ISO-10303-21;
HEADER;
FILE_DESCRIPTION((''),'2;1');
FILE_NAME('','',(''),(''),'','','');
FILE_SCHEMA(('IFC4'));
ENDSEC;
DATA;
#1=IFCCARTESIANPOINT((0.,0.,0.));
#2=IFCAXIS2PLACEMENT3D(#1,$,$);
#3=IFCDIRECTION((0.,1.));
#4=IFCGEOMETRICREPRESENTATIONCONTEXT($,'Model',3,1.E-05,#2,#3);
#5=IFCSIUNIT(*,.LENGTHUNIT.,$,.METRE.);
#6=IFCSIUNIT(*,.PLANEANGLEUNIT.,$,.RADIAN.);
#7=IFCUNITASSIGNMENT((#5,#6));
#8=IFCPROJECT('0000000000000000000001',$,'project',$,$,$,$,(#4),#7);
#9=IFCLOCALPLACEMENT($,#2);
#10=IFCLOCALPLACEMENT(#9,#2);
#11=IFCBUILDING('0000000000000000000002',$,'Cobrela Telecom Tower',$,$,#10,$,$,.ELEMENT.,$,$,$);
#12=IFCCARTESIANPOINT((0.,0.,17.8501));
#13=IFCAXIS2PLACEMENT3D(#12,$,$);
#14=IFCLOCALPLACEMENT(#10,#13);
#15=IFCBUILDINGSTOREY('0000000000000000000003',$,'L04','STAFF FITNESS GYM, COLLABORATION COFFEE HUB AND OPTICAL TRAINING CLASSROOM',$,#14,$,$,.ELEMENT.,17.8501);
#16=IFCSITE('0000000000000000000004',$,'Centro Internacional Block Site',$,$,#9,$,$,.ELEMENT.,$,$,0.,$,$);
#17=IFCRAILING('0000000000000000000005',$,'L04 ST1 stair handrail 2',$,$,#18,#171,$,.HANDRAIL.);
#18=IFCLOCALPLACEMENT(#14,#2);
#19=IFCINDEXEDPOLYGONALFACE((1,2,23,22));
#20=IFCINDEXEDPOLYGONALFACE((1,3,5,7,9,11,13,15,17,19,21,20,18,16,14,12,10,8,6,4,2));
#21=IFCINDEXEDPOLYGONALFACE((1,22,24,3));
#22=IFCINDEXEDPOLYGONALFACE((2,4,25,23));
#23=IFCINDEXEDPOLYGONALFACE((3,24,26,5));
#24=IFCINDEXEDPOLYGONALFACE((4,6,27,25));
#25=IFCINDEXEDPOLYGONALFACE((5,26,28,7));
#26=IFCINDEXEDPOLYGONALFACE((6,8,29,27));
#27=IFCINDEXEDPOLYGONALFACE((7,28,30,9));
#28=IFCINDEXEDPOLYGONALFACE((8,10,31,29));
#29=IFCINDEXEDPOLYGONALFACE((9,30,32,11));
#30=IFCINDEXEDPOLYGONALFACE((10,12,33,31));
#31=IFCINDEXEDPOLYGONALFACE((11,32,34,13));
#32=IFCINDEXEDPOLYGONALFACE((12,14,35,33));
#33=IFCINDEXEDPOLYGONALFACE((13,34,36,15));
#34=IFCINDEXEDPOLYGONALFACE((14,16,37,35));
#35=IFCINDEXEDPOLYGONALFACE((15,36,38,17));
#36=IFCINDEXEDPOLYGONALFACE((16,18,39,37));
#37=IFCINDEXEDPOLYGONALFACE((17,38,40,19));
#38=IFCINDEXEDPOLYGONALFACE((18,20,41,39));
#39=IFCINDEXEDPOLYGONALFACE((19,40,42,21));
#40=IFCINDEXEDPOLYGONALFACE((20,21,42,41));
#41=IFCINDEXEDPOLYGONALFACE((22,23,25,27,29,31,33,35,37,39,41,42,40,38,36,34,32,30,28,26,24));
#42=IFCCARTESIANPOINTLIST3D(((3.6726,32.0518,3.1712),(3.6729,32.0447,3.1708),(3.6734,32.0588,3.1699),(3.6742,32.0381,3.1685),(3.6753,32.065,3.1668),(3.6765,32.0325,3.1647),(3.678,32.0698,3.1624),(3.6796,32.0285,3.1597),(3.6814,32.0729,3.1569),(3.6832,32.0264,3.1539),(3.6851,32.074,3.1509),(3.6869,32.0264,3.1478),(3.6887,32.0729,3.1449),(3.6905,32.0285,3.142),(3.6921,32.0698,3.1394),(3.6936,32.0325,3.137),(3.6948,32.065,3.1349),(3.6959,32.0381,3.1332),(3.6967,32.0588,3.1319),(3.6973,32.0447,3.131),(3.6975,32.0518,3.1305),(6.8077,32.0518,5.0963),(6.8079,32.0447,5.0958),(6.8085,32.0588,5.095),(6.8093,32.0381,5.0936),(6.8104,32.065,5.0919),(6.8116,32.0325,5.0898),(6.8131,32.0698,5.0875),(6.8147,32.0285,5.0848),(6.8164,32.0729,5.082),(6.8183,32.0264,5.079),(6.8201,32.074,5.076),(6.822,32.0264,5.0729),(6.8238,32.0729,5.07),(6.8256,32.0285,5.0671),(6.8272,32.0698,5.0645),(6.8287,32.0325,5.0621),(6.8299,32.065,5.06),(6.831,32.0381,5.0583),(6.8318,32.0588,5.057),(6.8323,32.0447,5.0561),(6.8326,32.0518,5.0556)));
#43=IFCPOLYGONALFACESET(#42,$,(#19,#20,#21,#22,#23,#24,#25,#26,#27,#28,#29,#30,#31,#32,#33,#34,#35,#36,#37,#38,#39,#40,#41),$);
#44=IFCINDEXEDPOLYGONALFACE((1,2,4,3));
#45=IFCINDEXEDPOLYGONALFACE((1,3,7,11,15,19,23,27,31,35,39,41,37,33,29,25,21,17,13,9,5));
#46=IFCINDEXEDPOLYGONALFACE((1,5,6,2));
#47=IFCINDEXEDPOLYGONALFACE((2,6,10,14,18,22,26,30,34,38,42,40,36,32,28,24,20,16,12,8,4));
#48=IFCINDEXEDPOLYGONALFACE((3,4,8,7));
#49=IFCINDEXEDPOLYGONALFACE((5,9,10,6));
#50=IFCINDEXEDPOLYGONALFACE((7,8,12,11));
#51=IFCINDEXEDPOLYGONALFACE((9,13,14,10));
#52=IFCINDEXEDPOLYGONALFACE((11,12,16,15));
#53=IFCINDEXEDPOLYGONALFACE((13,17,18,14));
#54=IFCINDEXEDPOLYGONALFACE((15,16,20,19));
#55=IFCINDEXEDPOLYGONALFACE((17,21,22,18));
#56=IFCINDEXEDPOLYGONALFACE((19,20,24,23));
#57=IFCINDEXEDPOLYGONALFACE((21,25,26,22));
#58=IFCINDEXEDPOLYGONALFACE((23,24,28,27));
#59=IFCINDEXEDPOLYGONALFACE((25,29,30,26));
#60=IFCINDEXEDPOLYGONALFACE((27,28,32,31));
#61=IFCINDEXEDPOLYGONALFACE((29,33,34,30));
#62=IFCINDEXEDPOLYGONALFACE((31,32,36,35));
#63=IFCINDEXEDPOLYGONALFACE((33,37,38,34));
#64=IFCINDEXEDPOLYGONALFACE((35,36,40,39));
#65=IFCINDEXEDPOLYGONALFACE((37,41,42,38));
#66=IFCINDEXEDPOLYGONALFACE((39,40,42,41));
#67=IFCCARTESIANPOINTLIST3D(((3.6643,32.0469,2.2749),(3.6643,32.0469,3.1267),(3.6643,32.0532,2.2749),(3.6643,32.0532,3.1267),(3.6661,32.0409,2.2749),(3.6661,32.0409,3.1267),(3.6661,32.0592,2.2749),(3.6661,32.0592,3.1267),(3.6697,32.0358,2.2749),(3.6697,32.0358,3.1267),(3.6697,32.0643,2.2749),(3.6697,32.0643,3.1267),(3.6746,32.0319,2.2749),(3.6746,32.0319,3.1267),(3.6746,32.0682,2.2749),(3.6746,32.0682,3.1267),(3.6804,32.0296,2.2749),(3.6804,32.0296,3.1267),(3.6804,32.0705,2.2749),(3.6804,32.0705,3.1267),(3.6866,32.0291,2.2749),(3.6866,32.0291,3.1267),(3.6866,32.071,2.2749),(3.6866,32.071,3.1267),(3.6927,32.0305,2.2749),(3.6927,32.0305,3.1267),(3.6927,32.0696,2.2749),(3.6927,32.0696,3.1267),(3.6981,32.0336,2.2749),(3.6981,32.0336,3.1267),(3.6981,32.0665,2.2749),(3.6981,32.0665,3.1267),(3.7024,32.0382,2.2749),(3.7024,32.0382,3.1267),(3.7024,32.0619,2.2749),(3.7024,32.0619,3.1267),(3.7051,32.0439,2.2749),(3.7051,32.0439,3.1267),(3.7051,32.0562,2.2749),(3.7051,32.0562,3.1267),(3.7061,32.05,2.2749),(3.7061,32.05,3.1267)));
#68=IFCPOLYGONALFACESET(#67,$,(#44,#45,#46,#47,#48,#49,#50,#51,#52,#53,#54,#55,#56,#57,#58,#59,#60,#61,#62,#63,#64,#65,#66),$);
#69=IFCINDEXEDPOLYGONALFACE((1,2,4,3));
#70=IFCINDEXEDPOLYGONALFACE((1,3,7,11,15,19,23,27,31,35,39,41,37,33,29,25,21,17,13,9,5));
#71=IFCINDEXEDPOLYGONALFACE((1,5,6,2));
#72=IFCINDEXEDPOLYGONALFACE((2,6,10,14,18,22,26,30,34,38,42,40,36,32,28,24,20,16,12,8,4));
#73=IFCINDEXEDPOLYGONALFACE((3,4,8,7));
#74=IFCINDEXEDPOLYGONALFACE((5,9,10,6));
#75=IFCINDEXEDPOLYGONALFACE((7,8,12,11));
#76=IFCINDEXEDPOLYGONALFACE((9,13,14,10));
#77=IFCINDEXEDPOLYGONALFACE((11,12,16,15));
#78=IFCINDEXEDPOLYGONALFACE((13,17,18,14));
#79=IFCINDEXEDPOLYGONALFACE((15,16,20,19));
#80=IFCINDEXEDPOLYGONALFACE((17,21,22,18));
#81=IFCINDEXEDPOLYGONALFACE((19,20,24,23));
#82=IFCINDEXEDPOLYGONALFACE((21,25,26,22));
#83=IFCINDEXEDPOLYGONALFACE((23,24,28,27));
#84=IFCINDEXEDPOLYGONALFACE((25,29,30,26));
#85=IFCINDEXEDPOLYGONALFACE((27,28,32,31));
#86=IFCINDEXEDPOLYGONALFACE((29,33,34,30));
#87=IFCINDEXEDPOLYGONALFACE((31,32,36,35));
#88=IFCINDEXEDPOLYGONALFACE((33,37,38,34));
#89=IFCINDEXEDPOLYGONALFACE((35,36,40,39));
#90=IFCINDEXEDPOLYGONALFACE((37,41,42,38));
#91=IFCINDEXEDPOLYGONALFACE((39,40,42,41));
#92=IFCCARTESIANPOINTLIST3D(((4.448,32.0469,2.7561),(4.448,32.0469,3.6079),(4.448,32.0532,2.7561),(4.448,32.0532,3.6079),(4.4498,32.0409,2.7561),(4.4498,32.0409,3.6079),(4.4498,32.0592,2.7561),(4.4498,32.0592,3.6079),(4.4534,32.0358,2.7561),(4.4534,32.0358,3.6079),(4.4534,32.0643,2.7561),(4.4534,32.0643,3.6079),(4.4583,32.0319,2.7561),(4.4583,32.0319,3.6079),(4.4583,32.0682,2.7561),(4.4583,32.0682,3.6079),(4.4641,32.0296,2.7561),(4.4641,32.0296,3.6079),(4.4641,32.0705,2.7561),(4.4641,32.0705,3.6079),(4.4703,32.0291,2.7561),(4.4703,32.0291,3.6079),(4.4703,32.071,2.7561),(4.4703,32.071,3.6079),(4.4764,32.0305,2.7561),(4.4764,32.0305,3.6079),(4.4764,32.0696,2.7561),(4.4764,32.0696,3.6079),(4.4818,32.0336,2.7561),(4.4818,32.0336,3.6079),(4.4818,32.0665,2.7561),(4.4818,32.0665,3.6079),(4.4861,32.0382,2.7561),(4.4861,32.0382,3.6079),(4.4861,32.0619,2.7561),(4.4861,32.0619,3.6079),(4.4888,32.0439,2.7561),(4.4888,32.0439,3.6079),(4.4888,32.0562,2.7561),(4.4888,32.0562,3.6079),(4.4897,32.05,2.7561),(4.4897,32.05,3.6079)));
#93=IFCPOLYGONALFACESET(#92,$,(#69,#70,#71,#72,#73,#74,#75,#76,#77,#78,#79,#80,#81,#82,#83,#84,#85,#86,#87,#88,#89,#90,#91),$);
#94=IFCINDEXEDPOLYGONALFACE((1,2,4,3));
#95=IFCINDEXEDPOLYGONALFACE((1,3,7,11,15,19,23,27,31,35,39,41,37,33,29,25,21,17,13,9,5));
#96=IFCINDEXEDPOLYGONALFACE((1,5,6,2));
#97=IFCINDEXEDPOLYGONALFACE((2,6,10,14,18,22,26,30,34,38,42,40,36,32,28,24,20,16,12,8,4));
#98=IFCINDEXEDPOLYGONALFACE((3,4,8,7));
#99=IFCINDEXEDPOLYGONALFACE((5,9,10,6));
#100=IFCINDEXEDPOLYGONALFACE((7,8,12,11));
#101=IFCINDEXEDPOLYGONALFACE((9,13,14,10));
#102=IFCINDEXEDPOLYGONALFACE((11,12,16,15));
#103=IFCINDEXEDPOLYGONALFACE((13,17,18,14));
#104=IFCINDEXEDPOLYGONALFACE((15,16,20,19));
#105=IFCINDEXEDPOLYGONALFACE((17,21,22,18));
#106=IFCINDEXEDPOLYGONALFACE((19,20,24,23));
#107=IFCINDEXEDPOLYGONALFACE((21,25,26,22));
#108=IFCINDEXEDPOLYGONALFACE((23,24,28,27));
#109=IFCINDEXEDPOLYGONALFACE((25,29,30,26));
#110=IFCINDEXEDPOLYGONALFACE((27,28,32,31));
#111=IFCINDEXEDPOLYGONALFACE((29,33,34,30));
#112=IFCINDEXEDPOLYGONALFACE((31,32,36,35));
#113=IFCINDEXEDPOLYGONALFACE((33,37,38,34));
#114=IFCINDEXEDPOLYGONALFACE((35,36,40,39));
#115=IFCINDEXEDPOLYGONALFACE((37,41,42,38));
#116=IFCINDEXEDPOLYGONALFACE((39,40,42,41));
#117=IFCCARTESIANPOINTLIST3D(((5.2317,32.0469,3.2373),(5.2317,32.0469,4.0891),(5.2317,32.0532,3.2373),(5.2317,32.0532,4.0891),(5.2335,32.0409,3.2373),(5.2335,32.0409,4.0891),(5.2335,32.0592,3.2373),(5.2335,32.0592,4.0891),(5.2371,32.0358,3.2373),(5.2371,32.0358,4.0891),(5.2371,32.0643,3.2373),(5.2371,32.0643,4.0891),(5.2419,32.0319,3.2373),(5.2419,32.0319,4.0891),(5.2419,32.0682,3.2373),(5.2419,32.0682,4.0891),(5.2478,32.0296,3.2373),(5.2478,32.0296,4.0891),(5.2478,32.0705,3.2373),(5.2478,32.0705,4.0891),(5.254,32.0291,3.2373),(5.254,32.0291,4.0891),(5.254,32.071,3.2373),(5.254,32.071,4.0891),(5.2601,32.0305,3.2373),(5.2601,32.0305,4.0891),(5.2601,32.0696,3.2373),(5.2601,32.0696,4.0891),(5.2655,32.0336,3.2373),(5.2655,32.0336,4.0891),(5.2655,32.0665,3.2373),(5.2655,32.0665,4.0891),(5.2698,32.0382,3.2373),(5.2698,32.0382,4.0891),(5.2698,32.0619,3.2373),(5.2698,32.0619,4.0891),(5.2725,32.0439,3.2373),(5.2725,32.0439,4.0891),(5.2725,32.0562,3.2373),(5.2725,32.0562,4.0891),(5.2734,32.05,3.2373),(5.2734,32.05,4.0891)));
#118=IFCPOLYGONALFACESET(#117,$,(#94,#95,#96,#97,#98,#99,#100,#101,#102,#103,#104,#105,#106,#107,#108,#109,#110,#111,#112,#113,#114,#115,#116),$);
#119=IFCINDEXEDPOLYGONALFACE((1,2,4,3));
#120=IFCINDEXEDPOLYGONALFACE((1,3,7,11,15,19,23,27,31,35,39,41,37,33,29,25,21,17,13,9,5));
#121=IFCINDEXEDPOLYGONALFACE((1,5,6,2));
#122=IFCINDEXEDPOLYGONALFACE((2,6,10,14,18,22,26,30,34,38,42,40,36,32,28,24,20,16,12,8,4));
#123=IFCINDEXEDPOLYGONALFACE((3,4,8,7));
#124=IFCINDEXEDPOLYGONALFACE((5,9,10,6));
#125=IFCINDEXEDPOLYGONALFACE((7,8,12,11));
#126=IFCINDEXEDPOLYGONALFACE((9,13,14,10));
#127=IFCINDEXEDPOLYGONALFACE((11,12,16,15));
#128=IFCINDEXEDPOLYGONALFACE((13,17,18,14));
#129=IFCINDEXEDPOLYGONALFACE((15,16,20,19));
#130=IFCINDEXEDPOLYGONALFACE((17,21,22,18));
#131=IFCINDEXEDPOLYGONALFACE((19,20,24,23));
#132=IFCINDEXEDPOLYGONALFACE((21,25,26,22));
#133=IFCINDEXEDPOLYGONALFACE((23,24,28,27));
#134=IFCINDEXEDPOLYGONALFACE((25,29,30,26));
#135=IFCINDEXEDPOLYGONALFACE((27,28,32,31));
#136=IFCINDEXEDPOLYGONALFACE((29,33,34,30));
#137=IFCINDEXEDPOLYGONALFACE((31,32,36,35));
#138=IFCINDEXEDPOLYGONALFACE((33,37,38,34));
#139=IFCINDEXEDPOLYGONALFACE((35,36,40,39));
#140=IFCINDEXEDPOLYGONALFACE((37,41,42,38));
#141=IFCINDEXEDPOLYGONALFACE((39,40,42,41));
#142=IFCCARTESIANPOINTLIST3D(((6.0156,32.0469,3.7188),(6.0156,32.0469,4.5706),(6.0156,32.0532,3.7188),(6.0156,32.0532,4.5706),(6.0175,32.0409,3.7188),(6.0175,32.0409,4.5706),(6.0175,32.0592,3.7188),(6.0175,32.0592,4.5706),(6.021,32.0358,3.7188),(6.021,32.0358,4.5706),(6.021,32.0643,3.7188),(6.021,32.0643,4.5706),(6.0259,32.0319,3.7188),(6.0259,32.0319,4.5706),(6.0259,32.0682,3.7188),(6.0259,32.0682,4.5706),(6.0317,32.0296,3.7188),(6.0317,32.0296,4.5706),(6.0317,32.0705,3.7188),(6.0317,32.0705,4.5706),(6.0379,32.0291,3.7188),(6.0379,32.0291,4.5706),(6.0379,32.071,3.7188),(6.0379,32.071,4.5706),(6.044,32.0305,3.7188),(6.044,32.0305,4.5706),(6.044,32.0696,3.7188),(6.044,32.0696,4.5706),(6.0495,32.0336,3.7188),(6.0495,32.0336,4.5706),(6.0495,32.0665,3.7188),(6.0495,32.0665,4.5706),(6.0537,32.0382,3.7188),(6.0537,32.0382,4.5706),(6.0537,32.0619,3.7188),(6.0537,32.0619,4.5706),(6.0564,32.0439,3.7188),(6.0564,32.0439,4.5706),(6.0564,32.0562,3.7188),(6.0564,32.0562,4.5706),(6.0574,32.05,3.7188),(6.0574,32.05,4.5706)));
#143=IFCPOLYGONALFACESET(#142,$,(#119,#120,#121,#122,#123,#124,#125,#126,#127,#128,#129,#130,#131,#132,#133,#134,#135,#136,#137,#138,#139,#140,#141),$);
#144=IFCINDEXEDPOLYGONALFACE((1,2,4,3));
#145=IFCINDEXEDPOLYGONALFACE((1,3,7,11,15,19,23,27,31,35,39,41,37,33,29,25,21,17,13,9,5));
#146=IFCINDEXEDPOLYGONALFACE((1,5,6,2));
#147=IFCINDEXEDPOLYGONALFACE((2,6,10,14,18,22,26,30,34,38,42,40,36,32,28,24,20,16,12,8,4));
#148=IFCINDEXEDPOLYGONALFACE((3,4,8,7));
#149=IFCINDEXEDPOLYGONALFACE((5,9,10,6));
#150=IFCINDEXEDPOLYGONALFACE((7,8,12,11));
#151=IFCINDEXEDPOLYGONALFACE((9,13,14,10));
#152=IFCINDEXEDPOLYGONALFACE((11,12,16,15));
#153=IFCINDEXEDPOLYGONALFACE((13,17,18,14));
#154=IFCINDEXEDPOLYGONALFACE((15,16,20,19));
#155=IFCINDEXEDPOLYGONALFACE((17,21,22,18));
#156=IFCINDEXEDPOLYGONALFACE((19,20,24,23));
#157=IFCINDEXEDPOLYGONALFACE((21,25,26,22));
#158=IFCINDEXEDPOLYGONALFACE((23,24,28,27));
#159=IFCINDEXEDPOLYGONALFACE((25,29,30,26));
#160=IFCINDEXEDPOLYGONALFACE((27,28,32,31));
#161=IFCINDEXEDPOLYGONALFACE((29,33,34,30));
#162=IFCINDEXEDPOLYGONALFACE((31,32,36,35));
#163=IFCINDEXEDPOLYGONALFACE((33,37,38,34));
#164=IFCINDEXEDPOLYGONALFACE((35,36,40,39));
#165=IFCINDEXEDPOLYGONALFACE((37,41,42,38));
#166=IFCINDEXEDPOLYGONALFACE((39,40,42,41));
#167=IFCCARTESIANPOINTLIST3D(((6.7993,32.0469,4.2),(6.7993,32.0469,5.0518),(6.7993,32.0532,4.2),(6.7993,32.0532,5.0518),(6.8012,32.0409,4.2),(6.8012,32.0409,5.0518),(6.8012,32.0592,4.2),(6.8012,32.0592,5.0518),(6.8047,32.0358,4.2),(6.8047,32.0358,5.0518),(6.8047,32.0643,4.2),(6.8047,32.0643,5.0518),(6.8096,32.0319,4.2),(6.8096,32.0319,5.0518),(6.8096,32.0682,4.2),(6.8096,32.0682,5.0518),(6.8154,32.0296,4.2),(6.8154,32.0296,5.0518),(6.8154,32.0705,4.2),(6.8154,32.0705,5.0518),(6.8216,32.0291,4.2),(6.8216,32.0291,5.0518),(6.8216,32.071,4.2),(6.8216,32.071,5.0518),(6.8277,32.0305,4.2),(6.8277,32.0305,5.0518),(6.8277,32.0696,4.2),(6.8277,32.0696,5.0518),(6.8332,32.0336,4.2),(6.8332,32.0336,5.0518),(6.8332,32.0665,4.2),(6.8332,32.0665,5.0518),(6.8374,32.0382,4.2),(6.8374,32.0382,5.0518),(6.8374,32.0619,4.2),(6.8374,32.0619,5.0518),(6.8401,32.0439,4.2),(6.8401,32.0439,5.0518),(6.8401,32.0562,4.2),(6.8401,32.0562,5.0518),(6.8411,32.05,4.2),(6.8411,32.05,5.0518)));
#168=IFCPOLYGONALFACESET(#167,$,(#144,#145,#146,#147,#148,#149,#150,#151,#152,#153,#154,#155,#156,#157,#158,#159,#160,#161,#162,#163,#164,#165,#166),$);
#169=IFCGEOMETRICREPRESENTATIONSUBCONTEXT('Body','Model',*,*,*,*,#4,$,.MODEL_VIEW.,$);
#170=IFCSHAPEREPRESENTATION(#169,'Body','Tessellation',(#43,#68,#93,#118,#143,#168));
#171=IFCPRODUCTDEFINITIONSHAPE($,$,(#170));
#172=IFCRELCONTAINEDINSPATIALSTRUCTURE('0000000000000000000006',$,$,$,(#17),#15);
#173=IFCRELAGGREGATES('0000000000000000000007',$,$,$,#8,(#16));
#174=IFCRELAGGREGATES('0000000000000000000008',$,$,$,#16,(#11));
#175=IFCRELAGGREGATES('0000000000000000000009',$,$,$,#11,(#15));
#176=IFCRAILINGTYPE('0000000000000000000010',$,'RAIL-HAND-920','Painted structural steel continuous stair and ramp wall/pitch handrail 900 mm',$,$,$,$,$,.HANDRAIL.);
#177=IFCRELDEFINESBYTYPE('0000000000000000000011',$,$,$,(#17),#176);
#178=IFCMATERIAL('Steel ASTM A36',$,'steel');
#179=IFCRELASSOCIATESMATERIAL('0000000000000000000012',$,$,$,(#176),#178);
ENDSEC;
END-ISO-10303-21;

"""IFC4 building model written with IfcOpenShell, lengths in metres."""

from ifc_helpers import new_model, si_unit, direction, frame, origin, origin_2d, place, context, subcontext, project, spatial, circle, extrude, material, type_object, element, save


model = new_model("IFC4")

# Units and contexts
model_context = context("Model", 3, precision=1e-05, world=origin(), true_north=direction((0.0, 1.0)))
body_context = subcontext(model_context, "Body", "Model", "MODEL_VIEW")
ifc_project = project(units=[si_unit("LENGTHUNIT", "METRE"), si_unit("PLANEANGLEUNIT", "RADIAN")], contexts=[model_context])

# Site, building, storey
site_placement = place(None, origin())
site = spatial("IfcSite", under=ifc_project, at=site_placement, Name="Centro Internacional Block Site", CompositionType="ELEMENT", RefElevation=0.0)
building_placement = place(site_placement, origin())
building = spatial("IfcBuilding", under=site, at=building_placement, Name="Cobrela Telecom Tower", CompositionType="ELEMENT")
storey_placement = place(building_placement, frame((0.0, 0.0, 17.8501)))
storey = spatial("IfcBuildingStorey", under=building, at=storey_placement, Name="L04", Description="STAFF FITNESS GYM, COLLABORATION COFFEE HUB AND OPTICAL TRAINING CLASSROOM", CompositionType="ELEMENT", Elevation=17.8501)

# Shared definitions
ifc_material_1 = material(Name="Steel ASTM A36", Category="steel")

# Railing
railing_type_1 = type_object("IfcRailingType", Name="RAIL-HAND-920", Description="Painted structural steel continuous stair and ramp wall/pitch handrail 900 mm", PredefinedType="HANDRAIL", material=ifc_material_1)
railing_1_placement = place(storey_placement, frame((3.6851, 32.05, 2.2749)))
element("IfcRailing", 1, at=railing_1_placement, inside=storey, type_object=railing_type_1, Name="L04 ST1 stair handrail 2", PredefinedType="HANDRAIL", context=body_context, shape_type="SweptSolid", body=[
    extrude(circle(Radius=0.0239, at=origin_2d()), frame((0.0, 0.0, 0.876), z_axis=(0.852166, 0.0, 0.523271), x_axis=(0.0, 1.0, 0.0)), (0.0, 0.0, 1.0), 3.679),
    extrude(circle(Radius=0.021, at=origin_2d()), origin(), (0.0, 0.0, 1.0), 0.8518),
    extrude(circle(Radius=0.021, at=origin_2d()), frame((0.7837, 0.0, 0.4812)), (0.0, 0.0, 1.0), 0.8518),
    extrude(circle(Radius=0.021, at=origin_2d()), frame((1.5674, 0.0, 0.9624)), (0.0, 0.0, 1.0), 0.8518),
    extrude(circle(Radius=0.021, at=origin_2d()), frame((2.3513, 0.0, 1.4438)), (0.0, 0.0, 1.0), 0.8518),
    extrude(circle(Radius=0.021, at=origin_2d()), frame((3.135, 0.0, 1.925)), (0.0, 0.0, 1.0), 0.8518),
])

save(model, "model.ifc")
